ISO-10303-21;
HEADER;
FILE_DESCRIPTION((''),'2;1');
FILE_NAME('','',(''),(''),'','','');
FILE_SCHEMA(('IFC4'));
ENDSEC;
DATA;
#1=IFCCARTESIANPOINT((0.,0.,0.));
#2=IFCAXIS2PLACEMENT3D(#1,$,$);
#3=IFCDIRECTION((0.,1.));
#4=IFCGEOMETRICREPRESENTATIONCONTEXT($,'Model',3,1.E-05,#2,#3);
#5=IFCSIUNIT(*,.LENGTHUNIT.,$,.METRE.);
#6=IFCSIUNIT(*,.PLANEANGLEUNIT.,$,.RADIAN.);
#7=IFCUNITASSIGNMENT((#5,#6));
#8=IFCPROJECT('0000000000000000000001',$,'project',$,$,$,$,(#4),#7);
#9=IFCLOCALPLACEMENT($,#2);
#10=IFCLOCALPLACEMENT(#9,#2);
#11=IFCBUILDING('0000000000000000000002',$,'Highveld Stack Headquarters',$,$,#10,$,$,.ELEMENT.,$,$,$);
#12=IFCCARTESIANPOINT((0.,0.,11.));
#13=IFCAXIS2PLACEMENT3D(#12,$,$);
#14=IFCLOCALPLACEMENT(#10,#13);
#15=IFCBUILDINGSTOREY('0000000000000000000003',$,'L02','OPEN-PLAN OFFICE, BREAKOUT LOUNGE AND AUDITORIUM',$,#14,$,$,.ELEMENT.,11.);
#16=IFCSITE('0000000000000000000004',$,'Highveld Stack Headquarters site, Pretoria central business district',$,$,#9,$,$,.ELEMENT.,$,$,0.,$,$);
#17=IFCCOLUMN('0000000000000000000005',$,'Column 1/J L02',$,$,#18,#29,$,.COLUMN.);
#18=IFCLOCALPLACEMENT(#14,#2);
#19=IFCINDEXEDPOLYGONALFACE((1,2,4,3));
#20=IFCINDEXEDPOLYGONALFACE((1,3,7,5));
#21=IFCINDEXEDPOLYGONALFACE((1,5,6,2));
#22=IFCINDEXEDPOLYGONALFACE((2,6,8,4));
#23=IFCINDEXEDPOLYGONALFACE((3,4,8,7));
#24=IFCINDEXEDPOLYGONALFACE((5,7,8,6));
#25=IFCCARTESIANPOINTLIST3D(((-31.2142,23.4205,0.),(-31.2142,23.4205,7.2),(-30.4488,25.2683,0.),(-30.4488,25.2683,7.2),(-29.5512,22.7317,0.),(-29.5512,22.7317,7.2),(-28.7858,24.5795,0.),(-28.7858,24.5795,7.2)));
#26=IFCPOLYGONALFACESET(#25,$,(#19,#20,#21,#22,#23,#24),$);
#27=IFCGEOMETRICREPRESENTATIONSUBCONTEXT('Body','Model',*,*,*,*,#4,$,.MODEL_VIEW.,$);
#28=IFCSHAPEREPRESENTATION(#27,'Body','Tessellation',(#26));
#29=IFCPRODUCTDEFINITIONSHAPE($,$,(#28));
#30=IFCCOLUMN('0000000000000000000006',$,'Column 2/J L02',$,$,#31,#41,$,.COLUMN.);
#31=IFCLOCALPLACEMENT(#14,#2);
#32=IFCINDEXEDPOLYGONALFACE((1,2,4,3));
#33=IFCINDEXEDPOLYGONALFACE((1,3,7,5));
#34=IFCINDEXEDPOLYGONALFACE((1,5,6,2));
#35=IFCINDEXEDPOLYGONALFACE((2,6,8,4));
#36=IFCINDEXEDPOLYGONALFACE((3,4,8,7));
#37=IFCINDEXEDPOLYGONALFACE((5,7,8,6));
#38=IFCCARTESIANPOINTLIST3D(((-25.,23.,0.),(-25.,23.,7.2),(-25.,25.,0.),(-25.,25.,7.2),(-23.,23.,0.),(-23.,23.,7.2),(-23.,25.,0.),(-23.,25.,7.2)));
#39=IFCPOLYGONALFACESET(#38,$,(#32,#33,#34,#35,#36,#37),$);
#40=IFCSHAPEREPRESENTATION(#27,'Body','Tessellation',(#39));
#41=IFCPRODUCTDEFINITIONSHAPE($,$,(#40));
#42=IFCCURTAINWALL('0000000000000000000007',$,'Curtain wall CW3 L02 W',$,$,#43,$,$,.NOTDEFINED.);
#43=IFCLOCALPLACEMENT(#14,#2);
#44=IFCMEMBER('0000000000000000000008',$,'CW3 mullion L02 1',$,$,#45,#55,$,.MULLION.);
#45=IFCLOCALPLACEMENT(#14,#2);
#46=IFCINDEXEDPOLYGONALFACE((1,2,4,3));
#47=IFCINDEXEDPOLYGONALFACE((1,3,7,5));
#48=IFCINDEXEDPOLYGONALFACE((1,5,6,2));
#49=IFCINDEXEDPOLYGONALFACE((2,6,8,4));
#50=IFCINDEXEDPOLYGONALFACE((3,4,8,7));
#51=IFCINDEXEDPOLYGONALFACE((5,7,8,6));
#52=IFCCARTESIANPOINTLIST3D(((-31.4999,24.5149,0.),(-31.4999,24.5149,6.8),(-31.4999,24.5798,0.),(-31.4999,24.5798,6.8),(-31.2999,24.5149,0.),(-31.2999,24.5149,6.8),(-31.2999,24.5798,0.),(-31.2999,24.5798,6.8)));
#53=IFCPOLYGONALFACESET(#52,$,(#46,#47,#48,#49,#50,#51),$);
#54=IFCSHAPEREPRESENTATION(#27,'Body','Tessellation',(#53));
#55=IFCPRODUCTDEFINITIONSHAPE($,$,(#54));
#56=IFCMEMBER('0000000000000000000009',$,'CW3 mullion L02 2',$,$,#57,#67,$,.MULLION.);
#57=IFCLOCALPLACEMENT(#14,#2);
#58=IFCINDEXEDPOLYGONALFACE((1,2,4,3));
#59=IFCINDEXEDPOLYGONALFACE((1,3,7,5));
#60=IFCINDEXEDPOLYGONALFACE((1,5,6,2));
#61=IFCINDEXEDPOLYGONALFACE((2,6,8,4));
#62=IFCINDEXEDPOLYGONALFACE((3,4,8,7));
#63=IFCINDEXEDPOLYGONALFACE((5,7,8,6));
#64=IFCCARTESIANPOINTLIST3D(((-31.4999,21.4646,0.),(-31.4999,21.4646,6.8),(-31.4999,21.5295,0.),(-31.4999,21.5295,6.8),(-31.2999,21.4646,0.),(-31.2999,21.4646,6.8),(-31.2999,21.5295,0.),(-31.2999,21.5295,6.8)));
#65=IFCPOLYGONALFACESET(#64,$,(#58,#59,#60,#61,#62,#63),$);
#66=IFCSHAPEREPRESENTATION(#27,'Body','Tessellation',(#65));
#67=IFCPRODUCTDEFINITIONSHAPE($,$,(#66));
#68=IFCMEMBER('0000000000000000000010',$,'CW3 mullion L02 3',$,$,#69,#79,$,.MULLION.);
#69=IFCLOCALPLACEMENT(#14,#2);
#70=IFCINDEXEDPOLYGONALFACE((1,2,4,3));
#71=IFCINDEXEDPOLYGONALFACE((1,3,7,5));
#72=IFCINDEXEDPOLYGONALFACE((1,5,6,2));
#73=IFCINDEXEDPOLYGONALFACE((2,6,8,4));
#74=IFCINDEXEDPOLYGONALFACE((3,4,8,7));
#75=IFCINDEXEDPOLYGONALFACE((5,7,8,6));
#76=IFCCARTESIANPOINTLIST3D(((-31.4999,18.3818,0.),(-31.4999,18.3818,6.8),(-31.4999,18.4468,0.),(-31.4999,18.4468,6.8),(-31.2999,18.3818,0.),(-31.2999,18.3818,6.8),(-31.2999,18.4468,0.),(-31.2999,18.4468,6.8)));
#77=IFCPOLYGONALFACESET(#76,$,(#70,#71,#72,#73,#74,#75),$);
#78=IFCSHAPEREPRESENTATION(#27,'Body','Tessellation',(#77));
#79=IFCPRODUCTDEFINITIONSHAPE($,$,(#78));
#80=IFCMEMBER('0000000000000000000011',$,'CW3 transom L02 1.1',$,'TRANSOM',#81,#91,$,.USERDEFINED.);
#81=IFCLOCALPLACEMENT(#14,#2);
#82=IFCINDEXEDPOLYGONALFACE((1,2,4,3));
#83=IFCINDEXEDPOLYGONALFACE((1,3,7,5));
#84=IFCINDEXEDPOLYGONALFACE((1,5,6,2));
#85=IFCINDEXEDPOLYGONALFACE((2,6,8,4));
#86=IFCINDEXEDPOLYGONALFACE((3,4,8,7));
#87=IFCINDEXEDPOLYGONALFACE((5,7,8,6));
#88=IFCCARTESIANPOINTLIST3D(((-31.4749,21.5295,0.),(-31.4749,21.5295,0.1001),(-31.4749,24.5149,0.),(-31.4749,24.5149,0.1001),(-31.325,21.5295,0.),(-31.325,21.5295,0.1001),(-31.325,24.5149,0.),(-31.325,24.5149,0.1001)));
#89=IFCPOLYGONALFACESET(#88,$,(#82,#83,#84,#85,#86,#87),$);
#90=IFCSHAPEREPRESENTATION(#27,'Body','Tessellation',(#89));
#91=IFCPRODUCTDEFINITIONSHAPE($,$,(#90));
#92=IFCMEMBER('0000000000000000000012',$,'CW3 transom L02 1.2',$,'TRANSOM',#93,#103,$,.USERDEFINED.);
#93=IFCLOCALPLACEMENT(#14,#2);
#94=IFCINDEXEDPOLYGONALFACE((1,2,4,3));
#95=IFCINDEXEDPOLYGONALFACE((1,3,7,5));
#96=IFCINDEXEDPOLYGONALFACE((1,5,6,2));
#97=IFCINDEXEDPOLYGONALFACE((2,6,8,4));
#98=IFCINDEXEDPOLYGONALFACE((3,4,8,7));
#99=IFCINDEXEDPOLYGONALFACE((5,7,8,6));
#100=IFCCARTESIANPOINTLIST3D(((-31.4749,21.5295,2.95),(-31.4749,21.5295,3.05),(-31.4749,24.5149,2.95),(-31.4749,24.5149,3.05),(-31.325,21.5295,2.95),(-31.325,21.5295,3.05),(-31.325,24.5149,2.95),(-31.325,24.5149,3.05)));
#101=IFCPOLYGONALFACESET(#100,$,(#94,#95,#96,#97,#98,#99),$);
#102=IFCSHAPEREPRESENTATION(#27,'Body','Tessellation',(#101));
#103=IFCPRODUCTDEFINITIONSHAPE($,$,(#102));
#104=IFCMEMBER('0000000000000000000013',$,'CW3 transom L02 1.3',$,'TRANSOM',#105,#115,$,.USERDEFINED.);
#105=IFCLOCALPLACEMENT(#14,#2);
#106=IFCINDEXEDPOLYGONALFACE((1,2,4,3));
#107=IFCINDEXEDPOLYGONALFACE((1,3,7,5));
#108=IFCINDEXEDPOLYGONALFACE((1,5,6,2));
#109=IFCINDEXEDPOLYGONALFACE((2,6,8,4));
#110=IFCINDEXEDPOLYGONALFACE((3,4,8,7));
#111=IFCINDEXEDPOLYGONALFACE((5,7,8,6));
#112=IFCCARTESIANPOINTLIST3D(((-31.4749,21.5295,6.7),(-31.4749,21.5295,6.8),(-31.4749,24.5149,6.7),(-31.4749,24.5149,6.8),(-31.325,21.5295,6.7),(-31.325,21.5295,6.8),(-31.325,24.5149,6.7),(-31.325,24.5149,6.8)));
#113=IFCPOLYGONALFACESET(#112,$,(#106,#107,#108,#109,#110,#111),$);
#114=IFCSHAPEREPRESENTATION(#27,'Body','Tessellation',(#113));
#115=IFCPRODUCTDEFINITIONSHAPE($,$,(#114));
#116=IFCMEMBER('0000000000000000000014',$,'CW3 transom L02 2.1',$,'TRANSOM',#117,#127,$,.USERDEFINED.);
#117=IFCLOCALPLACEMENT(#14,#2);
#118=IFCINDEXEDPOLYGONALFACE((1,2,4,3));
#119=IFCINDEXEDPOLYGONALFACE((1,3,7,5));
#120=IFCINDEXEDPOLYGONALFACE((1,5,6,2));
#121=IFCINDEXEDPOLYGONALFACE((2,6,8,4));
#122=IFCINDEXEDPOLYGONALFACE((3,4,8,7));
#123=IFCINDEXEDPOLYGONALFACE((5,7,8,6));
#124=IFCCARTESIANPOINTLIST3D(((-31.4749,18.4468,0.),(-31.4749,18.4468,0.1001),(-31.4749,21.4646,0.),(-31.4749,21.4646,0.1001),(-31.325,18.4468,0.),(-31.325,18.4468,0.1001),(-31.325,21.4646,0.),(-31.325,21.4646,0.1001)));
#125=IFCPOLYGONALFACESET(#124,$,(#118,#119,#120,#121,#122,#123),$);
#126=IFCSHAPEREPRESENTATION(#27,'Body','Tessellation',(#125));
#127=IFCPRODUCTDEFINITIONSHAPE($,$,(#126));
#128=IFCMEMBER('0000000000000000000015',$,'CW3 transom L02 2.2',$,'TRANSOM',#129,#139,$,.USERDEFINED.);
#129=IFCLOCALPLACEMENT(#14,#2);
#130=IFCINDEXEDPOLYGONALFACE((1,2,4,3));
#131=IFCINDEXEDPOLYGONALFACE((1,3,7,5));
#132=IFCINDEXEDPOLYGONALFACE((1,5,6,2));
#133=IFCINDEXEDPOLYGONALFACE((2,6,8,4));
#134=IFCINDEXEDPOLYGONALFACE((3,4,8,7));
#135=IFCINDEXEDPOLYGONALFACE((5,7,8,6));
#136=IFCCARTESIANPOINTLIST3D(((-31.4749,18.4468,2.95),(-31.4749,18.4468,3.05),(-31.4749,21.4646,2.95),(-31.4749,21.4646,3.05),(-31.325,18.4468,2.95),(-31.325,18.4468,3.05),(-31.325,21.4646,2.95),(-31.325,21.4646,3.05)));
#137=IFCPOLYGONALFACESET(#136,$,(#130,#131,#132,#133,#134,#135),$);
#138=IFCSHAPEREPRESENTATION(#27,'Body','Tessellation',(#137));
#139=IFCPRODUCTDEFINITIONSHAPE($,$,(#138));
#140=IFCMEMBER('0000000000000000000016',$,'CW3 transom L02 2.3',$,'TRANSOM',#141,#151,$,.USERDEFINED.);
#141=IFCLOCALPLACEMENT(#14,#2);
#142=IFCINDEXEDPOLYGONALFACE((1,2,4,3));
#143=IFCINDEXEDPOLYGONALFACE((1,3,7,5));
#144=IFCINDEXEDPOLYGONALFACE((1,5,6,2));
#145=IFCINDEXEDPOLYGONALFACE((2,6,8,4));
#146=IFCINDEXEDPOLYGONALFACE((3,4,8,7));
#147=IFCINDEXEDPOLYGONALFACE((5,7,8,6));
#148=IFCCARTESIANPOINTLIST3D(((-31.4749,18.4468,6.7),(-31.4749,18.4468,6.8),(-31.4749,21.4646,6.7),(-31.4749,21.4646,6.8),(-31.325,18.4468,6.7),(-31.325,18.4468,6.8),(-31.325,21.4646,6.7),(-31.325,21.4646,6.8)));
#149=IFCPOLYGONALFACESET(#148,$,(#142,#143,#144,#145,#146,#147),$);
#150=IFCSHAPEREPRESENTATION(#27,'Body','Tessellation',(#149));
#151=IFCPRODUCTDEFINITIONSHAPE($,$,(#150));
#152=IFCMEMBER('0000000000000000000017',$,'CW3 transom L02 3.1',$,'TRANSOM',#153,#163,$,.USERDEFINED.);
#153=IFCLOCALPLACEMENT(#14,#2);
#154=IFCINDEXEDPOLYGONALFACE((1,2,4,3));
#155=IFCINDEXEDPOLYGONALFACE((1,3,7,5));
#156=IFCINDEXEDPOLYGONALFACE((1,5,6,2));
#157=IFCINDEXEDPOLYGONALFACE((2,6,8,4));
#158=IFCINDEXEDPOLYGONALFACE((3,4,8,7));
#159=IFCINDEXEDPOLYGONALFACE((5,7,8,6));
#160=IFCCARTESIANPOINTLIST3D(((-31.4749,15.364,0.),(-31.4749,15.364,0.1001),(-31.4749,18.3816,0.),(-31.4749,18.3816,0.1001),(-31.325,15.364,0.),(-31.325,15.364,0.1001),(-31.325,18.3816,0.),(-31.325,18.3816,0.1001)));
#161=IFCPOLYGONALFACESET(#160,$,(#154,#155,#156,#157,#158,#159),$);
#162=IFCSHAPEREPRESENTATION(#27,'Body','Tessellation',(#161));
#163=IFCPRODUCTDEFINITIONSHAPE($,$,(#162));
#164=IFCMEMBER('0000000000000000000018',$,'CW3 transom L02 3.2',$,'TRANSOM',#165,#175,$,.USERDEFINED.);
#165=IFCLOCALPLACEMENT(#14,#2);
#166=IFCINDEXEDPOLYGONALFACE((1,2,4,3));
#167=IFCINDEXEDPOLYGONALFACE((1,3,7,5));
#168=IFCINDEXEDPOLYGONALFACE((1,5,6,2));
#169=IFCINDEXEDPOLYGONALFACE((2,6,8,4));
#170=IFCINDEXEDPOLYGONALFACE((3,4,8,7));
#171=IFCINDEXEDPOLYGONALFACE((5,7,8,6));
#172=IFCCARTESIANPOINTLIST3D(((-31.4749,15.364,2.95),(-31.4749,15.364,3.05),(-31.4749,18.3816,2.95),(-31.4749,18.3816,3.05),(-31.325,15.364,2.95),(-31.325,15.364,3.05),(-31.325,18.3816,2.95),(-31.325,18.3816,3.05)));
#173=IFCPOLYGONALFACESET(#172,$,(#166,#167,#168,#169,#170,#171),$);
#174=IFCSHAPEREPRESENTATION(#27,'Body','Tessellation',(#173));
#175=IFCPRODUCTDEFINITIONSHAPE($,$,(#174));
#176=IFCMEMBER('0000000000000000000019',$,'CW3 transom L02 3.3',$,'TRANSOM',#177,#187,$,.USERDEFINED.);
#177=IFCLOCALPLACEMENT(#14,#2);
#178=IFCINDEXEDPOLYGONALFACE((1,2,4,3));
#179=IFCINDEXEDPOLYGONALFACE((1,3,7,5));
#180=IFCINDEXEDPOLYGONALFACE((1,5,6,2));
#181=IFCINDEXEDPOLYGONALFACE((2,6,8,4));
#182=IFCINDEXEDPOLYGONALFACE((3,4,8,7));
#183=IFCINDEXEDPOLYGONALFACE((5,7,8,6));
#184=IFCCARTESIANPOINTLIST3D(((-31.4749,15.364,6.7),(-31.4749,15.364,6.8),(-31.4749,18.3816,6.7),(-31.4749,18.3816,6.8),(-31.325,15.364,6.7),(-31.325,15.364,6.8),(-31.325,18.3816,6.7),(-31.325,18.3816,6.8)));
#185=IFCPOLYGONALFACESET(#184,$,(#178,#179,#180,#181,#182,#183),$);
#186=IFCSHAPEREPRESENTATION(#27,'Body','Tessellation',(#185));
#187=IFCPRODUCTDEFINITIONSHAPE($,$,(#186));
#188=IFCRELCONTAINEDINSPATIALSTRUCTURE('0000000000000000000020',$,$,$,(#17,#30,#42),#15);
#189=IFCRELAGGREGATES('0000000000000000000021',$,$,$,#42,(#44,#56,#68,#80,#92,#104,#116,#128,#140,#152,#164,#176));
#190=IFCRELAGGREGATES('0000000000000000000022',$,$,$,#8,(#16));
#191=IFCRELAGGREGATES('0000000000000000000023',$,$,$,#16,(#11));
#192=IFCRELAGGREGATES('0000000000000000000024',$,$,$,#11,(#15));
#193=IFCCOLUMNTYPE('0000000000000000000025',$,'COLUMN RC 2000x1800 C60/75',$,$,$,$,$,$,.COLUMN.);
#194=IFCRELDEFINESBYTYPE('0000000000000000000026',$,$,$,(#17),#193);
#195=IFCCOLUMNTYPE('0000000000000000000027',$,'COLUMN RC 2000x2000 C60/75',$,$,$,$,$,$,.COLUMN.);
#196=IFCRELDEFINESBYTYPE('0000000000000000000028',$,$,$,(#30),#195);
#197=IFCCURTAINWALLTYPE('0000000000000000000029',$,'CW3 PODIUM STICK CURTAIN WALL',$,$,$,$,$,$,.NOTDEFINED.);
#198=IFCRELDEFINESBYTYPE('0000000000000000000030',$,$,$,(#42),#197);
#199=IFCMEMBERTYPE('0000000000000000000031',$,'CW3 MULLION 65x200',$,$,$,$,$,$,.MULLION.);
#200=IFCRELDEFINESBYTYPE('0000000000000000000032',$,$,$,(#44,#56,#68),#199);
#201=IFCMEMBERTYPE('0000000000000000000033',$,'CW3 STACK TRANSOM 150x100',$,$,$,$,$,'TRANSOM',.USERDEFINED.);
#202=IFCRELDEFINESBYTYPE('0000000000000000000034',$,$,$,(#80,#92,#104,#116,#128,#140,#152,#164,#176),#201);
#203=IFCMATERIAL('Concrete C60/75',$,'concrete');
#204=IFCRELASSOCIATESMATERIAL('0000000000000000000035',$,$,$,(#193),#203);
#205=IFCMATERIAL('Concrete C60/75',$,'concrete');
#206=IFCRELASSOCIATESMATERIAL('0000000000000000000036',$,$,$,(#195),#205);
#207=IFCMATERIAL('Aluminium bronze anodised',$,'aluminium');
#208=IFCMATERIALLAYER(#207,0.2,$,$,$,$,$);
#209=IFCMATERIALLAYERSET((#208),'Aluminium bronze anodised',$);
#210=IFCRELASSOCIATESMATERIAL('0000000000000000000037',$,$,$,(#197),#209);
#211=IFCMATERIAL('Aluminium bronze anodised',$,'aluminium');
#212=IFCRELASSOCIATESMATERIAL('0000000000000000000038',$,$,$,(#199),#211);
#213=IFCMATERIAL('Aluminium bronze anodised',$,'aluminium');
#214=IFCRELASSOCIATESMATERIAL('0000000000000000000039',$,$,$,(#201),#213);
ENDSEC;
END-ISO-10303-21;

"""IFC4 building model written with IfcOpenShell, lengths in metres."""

from ifc_helpers import new_model, si_unit, direction, frame, origin, origin_2d, place, context, subcontext, project, spatial, rectangle, extrude, material, layer, layer_set, material_profile, profile_set, type_object, element, aggregate, save


model = new_model("IFC4")

# Units and contexts
model_context = context("Model", 3, precision=1e-05, world=origin(), true_north=direction((0.0, 1.0)))
body_context = subcontext(model_context, "Body", "Model", "MODEL_VIEW")
ifc_project = project(units=[si_unit("LENGTHUNIT", "METRE"), si_unit("PLANEANGLEUNIT", "RADIAN")], contexts=[model_context])

# Site, building, storey
site_placement = place(None, origin())
site = spatial("IfcSite", under=ifc_project, at=site_placement, Name="Highveld Stack Headquarters site, Pretoria central business district", CompositionType="ELEMENT", RefElevation=0.0)
building_placement = place(site_placement, origin())
building = spatial("IfcBuilding", under=site, at=building_placement, Name="Highveld Stack Headquarters", CompositionType="ELEMENT")
storey_placement = place(building_placement, frame((0.0, 0.0, 11.0)))
storey = spatial("IfcBuildingStorey", under=building, at=storey_placement, Name="L02", Description="OPEN-PLAN OFFICE, BREAKOUT LOUNGE AND AUDITORIUM", CompositionType="ELEMENT", Elevation=11.0)

# Columns
ifc_material_1 = material(Name="Concrete C60/75", Category="concrete")
ifc_material_profile_1 = material_profile(ifc_material_1, rectangle(XDim=2.0, YDim=1.8, at=origin_2d()), Name="RC 2000x1800")
ifc_profile_set_1 = profile_set([ifc_material_profile_1], Name="Concrete C60/75")
column_type_1 = type_object("IfcColumnType", Name="COLUMN RC 2000x1800 C60/75", PredefinedType="COLUMN", material=ifc_profile_set_1)
column_1_placement = place(storey_placement, frame((-30.0, 24.0, 0.0), z_axis=(0.0, 0.0, 1.0), x_axis=(0.382683, 0.92388, 0.0)))
element("IfcColumn", 1, at=column_1_placement, inside=storey, type_object=column_type_1, Name="Column 1/J L02", PredefinedType="COLUMN", context=body_context, shape_type="SweptSolid", body=[
    extrude(rectangle(XDim=2.0, YDim=1.8, at=origin_2d()), origin(), (0.0, 0.0, 1.0), 7.2),
])
ifc_material_2 = material(Name="Concrete C60/75", Category="concrete")
ifc_material_profile_2 = material_profile(ifc_material_2, rectangle(XDim=2.0, YDim=2.0, at=origin_2d()), Name="RC 2000x2000")
ifc_profile_set_2 = profile_set([ifc_material_profile_2], Name="Concrete C60/75")
column_type_2 = type_object("IfcColumnType", Name="COLUMN RC 2000x2000 C60/75", PredefinedType="COLUMN", material=ifc_profile_set_2)
column_2_placement = place(storey_placement, frame((-24.0, 24.0, 0.0), z_axis=(0.0, 0.0, 1.0), x_axis=(1.0, 0.0, 0.0)))
element("IfcColumn", 2, at=column_2_placement, inside=storey, type_object=column_type_2, Name="Column 2/J L02", PredefinedType="COLUMN", context=body_context, shape_type="SweptSolid", body=[
    extrude(rectangle(XDim=2.0, YDim=2.0, at=origin_2d()), origin(), (0.0, 0.0, 1.0), 7.2),
])

# Curtain wall, members
ifc_material_3 = material(Name="Aluminium bronze anodised", Category="aluminium")
ifc_layer_1 = layer(ifc_material_3, 0.2)
ifc_layer_set_1 = layer_set([ifc_layer_1], Name="Aluminium bronze anodised")
curtain_wall_type = type_object("IfcCurtainWallType", Name="CW3 PODIUM STICK CURTAIN WALL", PredefinedType="NOTDEFINED", material=ifc_layer_set_1)
curtain_wall_placement = place(storey_placement, origin())
curtain_wall = element("IfcCurtainWall", 3, at=curtain_wall_placement, inside=storey, type_object=curtain_wall_type, Name="Curtain wall CW3 L02 W", PredefinedType="NOTDEFINED")
ifc_material_4 = material(Name="Aluminium bronze anodised", Category="aluminium")
ifc_material_profile_3 = material_profile(ifc_material_4, rectangle(XDim=0.2, YDim=0.0649, at=origin_2d()), Name="CW3 MULLION 65x200")
ifc_profile_set_3 = profile_set([ifc_material_profile_3], Name="Aluminium bronze anodised")
member_type_1 = type_object("IfcMemberType", Name="CW3 MULLION 65x200", PredefinedType="MULLION", material=ifc_profile_set_3)
member_1_placement = place(storey_placement, frame((-31.3999, 24.5474, 0.0), z_axis=(0.0, 0.0, 1.0), x_axis=(1.0, 0.0, 0.0)))
member_1 = element("IfcMember", 4, at=member_1_placement, type_object=member_type_1, Name="CW3 mullion L02 1", PredefinedType="MULLION", context=body_context, shape_type="SweptSolid", body=[
    extrude(rectangle(XDim=0.2, YDim=0.0649, at=origin_2d()), origin(), (0.0, 0.0, 1.0), 6.8),
])
member_2_placement = place(storey_placement, frame((-31.3999, 21.4971, 0.0), z_axis=(0.0, 0.0, 1.0), x_axis=(1.0, 0.0, 0.0)))
member_2 = element("IfcMember", 5, at=member_2_placement, type_object=member_type_1, Name="CW3 mullion L02 2", PredefinedType="MULLION", context=body_context, shape_type="SweptSolid", body=[
    extrude(rectangle(XDim=0.2, YDim=0.0649, at=origin_2d()), origin(), (0.0, 0.0, 1.0), 6.8),
])
member_3_placement = place(storey_placement, frame((-31.3999, 18.4143, 0.0), z_axis=(0.0, 0.0, 1.0), x_axis=(1.0, 0.0, 0.0)))
member_3 = element("IfcMember", 6, at=member_3_placement, type_object=member_type_1, Name="CW3 mullion L02 3", PredefinedType="MULLION", context=body_context, shape_type="SweptSolid", body=[
    extrude(rectangle(XDim=0.2, YDim=0.0649, at=origin_2d()), origin(), (0.0, 0.0, 1.0), 6.8),
])
ifc_material_5 = material(Name="Aluminium bronze anodised", Category="aluminium")
ifc_material_profile_4 = material_profile(ifc_material_5, rectangle(XDim=0.1499, YDim=0.1001, at=origin_2d()), Name="CW3 TRANSOM 150x100")
ifc_profile_set_4 = profile_set([ifc_material_profile_4], Name="Aluminium bronze anodised")
member_type_2 = type_object("IfcMemberType", Name="CW3 STACK TRANSOM 150x100", ElementType="TRANSOM", PredefinedType="USERDEFINED", material=ifc_profile_set_4)
member_4_placement = place(storey_placement, frame((-31.3999, 24.5149, 0.05), z_axis=(0.0, -1.0, 0.0), x_axis=(1.0, 0.0, 0.0)))
member_4 = element("IfcMember", 7, at=member_4_placement, type_object=member_type_2, Name="CW3 transom L02 1.1", ObjectType="TRANSOM", PredefinedType="USERDEFINED", context=body_context, shape_type="SweptSolid", body=[
    extrude(rectangle(XDim=0.1499, YDim=0.1001, at=origin_2d()), origin(), (0.0, 0.0, 1.0), 2.9854),
])
member_5_placement = place(storey_placement, frame((-31.3999, 24.5149, 3.0), z_axis=(0.0, -1.0, 0.0), x_axis=(1.0, 0.0, 0.0)))
member_5 = element("IfcMember", 8, at=member_5_placement, type_object=member_type_2, Name="CW3 transom L02 1.2", ObjectType="TRANSOM", PredefinedType="USERDEFINED", context=body_context, shape_type="SweptSolid", body=[
    extrude(rectangle(XDim=0.1499, YDim=0.1001, at=origin_2d()), origin(), (0.0, 0.0, 1.0), 2.9854),
])
member_6_placement = place(storey_placement, frame((-31.3999, 24.5149, 6.75), z_axis=(0.0, -1.0, 0.0), x_axis=(1.0, 0.0, 0.0)))
member_6 = element("IfcMember", 9, at=member_6_placement, type_object=member_type_2, Name="CW3 transom L02 1.3", ObjectType="TRANSOM", PredefinedType="USERDEFINED", context=body_context, shape_type="SweptSolid", body=[
    extrude(rectangle(XDim=0.1499, YDim=0.1001, at=origin_2d()), origin(), (0.0, 0.0, 1.0), 2.9854),
])
member_7_placement = place(storey_placement, frame((-31.3999, 21.4646, 0.05), z_axis=(0.0, -1.0, 0.0), x_axis=(1.0, 0.0, 0.0)))
member_7 = element("IfcMember", 10, at=member_7_placement, type_object=member_type_2, Name="CW3 transom L02 2.1", ObjectType="TRANSOM", PredefinedType="USERDEFINED", context=body_context, shape_type="SweptSolid", body=[
    extrude(rectangle(XDim=0.1499, YDim=0.1001, at=origin_2d()), origin(), (0.0, 0.0, 1.0), 3.0178),
])
member_8_placement = place(storey_placement, frame((-31.3999, 21.4646, 3.0), z_axis=(0.0, -1.0, 0.0), x_axis=(1.0, 0.0, 0.0)))
member_8 = element("IfcMember", 11, at=member_8_placement, type_object=member_type_2, Name="CW3 transom L02 2.2", ObjectType="TRANSOM", PredefinedType="USERDEFINED", context=body_context, shape_type="SweptSolid", body=[
    extrude(rectangle(XDim=0.1499, YDim=0.1001, at=origin_2d()), origin(), (0.0, 0.0, 1.0), 3.0178),
])
member_9_placement = place(storey_placement, frame((-31.3999, 21.4646, 6.75), z_axis=(0.0, -1.0, 0.0), x_axis=(1.0, 0.0, 0.0)))
member_9 = element("IfcMember", 12, at=member_9_placement, type_object=member_type_2, Name="CW3 transom L02 2.3", ObjectType="TRANSOM", PredefinedType="USERDEFINED", context=body_context, shape_type="SweptSolid", body=[
    extrude(rectangle(XDim=0.1499, YDim=0.1001, at=origin_2d()), origin(), (0.0, 0.0, 1.0), 3.0178),
])
member_10_placement = place(storey_placement, frame((-31.3999, 18.3816, 0.05), z_axis=(0.0, -1.0, 0.0), x_axis=(1.0, 0.0, 0.0)))
member_10 = element("IfcMember", 13, at=member_10_placement, type_object=member_type_2, Name="CW3 transom L02 3.1", ObjectType="TRANSOM", PredefinedType="USERDEFINED", context=body_context, shape_type="SweptSolid", body=[
    extrude(rectangle(XDim=0.1499, YDim=0.1001, at=origin_2d()), origin(), (0.0, 0.0, 1.0), 3.0176),
])
member_11_placement = place(storey_placement, frame((-31.3999, 18.3816, 3.0), z_axis=(0.0, -1.0, 0.0), x_axis=(1.0, 0.0, 0.0)))
member_11 = element("IfcMember", 14, at=member_11_placement, type_object=member_type_2, Name="CW3 transom L02 3.2", ObjectType="TRANSOM", PredefinedType="USERDEFINED", context=body_context, shape_type="SweptSolid", body=[
    extrude(rectangle(XDim=0.1499, YDim=0.1001, at=origin_2d()), origin(), (0.0, 0.0, 1.0), 3.0176),
])
member_12_placement = place(storey_placement, frame((-31.3999, 18.3816, 6.75), z_axis=(0.0, -1.0, 0.0), x_axis=(1.0, 0.0, 0.0)))
member_12 = element("IfcMember", 15, at=member_12_placement, type_object=member_type_2, Name="CW3 transom L02 3.3", ObjectType="TRANSOM", PredefinedType="USERDEFINED", context=body_context, shape_type="SweptSolid", body=[
    extrude(rectangle(XDim=0.1499, YDim=0.1001, at=origin_2d()), origin(), (0.0, 0.0, 1.0), 3.0176),
])
aggregate(curtain_wall, [member_1, member_2, member_3, member_4, member_5, member_6, member_7, member_8, member_9, member_10, member_11, member_12])

save(model, "model.ifc")
